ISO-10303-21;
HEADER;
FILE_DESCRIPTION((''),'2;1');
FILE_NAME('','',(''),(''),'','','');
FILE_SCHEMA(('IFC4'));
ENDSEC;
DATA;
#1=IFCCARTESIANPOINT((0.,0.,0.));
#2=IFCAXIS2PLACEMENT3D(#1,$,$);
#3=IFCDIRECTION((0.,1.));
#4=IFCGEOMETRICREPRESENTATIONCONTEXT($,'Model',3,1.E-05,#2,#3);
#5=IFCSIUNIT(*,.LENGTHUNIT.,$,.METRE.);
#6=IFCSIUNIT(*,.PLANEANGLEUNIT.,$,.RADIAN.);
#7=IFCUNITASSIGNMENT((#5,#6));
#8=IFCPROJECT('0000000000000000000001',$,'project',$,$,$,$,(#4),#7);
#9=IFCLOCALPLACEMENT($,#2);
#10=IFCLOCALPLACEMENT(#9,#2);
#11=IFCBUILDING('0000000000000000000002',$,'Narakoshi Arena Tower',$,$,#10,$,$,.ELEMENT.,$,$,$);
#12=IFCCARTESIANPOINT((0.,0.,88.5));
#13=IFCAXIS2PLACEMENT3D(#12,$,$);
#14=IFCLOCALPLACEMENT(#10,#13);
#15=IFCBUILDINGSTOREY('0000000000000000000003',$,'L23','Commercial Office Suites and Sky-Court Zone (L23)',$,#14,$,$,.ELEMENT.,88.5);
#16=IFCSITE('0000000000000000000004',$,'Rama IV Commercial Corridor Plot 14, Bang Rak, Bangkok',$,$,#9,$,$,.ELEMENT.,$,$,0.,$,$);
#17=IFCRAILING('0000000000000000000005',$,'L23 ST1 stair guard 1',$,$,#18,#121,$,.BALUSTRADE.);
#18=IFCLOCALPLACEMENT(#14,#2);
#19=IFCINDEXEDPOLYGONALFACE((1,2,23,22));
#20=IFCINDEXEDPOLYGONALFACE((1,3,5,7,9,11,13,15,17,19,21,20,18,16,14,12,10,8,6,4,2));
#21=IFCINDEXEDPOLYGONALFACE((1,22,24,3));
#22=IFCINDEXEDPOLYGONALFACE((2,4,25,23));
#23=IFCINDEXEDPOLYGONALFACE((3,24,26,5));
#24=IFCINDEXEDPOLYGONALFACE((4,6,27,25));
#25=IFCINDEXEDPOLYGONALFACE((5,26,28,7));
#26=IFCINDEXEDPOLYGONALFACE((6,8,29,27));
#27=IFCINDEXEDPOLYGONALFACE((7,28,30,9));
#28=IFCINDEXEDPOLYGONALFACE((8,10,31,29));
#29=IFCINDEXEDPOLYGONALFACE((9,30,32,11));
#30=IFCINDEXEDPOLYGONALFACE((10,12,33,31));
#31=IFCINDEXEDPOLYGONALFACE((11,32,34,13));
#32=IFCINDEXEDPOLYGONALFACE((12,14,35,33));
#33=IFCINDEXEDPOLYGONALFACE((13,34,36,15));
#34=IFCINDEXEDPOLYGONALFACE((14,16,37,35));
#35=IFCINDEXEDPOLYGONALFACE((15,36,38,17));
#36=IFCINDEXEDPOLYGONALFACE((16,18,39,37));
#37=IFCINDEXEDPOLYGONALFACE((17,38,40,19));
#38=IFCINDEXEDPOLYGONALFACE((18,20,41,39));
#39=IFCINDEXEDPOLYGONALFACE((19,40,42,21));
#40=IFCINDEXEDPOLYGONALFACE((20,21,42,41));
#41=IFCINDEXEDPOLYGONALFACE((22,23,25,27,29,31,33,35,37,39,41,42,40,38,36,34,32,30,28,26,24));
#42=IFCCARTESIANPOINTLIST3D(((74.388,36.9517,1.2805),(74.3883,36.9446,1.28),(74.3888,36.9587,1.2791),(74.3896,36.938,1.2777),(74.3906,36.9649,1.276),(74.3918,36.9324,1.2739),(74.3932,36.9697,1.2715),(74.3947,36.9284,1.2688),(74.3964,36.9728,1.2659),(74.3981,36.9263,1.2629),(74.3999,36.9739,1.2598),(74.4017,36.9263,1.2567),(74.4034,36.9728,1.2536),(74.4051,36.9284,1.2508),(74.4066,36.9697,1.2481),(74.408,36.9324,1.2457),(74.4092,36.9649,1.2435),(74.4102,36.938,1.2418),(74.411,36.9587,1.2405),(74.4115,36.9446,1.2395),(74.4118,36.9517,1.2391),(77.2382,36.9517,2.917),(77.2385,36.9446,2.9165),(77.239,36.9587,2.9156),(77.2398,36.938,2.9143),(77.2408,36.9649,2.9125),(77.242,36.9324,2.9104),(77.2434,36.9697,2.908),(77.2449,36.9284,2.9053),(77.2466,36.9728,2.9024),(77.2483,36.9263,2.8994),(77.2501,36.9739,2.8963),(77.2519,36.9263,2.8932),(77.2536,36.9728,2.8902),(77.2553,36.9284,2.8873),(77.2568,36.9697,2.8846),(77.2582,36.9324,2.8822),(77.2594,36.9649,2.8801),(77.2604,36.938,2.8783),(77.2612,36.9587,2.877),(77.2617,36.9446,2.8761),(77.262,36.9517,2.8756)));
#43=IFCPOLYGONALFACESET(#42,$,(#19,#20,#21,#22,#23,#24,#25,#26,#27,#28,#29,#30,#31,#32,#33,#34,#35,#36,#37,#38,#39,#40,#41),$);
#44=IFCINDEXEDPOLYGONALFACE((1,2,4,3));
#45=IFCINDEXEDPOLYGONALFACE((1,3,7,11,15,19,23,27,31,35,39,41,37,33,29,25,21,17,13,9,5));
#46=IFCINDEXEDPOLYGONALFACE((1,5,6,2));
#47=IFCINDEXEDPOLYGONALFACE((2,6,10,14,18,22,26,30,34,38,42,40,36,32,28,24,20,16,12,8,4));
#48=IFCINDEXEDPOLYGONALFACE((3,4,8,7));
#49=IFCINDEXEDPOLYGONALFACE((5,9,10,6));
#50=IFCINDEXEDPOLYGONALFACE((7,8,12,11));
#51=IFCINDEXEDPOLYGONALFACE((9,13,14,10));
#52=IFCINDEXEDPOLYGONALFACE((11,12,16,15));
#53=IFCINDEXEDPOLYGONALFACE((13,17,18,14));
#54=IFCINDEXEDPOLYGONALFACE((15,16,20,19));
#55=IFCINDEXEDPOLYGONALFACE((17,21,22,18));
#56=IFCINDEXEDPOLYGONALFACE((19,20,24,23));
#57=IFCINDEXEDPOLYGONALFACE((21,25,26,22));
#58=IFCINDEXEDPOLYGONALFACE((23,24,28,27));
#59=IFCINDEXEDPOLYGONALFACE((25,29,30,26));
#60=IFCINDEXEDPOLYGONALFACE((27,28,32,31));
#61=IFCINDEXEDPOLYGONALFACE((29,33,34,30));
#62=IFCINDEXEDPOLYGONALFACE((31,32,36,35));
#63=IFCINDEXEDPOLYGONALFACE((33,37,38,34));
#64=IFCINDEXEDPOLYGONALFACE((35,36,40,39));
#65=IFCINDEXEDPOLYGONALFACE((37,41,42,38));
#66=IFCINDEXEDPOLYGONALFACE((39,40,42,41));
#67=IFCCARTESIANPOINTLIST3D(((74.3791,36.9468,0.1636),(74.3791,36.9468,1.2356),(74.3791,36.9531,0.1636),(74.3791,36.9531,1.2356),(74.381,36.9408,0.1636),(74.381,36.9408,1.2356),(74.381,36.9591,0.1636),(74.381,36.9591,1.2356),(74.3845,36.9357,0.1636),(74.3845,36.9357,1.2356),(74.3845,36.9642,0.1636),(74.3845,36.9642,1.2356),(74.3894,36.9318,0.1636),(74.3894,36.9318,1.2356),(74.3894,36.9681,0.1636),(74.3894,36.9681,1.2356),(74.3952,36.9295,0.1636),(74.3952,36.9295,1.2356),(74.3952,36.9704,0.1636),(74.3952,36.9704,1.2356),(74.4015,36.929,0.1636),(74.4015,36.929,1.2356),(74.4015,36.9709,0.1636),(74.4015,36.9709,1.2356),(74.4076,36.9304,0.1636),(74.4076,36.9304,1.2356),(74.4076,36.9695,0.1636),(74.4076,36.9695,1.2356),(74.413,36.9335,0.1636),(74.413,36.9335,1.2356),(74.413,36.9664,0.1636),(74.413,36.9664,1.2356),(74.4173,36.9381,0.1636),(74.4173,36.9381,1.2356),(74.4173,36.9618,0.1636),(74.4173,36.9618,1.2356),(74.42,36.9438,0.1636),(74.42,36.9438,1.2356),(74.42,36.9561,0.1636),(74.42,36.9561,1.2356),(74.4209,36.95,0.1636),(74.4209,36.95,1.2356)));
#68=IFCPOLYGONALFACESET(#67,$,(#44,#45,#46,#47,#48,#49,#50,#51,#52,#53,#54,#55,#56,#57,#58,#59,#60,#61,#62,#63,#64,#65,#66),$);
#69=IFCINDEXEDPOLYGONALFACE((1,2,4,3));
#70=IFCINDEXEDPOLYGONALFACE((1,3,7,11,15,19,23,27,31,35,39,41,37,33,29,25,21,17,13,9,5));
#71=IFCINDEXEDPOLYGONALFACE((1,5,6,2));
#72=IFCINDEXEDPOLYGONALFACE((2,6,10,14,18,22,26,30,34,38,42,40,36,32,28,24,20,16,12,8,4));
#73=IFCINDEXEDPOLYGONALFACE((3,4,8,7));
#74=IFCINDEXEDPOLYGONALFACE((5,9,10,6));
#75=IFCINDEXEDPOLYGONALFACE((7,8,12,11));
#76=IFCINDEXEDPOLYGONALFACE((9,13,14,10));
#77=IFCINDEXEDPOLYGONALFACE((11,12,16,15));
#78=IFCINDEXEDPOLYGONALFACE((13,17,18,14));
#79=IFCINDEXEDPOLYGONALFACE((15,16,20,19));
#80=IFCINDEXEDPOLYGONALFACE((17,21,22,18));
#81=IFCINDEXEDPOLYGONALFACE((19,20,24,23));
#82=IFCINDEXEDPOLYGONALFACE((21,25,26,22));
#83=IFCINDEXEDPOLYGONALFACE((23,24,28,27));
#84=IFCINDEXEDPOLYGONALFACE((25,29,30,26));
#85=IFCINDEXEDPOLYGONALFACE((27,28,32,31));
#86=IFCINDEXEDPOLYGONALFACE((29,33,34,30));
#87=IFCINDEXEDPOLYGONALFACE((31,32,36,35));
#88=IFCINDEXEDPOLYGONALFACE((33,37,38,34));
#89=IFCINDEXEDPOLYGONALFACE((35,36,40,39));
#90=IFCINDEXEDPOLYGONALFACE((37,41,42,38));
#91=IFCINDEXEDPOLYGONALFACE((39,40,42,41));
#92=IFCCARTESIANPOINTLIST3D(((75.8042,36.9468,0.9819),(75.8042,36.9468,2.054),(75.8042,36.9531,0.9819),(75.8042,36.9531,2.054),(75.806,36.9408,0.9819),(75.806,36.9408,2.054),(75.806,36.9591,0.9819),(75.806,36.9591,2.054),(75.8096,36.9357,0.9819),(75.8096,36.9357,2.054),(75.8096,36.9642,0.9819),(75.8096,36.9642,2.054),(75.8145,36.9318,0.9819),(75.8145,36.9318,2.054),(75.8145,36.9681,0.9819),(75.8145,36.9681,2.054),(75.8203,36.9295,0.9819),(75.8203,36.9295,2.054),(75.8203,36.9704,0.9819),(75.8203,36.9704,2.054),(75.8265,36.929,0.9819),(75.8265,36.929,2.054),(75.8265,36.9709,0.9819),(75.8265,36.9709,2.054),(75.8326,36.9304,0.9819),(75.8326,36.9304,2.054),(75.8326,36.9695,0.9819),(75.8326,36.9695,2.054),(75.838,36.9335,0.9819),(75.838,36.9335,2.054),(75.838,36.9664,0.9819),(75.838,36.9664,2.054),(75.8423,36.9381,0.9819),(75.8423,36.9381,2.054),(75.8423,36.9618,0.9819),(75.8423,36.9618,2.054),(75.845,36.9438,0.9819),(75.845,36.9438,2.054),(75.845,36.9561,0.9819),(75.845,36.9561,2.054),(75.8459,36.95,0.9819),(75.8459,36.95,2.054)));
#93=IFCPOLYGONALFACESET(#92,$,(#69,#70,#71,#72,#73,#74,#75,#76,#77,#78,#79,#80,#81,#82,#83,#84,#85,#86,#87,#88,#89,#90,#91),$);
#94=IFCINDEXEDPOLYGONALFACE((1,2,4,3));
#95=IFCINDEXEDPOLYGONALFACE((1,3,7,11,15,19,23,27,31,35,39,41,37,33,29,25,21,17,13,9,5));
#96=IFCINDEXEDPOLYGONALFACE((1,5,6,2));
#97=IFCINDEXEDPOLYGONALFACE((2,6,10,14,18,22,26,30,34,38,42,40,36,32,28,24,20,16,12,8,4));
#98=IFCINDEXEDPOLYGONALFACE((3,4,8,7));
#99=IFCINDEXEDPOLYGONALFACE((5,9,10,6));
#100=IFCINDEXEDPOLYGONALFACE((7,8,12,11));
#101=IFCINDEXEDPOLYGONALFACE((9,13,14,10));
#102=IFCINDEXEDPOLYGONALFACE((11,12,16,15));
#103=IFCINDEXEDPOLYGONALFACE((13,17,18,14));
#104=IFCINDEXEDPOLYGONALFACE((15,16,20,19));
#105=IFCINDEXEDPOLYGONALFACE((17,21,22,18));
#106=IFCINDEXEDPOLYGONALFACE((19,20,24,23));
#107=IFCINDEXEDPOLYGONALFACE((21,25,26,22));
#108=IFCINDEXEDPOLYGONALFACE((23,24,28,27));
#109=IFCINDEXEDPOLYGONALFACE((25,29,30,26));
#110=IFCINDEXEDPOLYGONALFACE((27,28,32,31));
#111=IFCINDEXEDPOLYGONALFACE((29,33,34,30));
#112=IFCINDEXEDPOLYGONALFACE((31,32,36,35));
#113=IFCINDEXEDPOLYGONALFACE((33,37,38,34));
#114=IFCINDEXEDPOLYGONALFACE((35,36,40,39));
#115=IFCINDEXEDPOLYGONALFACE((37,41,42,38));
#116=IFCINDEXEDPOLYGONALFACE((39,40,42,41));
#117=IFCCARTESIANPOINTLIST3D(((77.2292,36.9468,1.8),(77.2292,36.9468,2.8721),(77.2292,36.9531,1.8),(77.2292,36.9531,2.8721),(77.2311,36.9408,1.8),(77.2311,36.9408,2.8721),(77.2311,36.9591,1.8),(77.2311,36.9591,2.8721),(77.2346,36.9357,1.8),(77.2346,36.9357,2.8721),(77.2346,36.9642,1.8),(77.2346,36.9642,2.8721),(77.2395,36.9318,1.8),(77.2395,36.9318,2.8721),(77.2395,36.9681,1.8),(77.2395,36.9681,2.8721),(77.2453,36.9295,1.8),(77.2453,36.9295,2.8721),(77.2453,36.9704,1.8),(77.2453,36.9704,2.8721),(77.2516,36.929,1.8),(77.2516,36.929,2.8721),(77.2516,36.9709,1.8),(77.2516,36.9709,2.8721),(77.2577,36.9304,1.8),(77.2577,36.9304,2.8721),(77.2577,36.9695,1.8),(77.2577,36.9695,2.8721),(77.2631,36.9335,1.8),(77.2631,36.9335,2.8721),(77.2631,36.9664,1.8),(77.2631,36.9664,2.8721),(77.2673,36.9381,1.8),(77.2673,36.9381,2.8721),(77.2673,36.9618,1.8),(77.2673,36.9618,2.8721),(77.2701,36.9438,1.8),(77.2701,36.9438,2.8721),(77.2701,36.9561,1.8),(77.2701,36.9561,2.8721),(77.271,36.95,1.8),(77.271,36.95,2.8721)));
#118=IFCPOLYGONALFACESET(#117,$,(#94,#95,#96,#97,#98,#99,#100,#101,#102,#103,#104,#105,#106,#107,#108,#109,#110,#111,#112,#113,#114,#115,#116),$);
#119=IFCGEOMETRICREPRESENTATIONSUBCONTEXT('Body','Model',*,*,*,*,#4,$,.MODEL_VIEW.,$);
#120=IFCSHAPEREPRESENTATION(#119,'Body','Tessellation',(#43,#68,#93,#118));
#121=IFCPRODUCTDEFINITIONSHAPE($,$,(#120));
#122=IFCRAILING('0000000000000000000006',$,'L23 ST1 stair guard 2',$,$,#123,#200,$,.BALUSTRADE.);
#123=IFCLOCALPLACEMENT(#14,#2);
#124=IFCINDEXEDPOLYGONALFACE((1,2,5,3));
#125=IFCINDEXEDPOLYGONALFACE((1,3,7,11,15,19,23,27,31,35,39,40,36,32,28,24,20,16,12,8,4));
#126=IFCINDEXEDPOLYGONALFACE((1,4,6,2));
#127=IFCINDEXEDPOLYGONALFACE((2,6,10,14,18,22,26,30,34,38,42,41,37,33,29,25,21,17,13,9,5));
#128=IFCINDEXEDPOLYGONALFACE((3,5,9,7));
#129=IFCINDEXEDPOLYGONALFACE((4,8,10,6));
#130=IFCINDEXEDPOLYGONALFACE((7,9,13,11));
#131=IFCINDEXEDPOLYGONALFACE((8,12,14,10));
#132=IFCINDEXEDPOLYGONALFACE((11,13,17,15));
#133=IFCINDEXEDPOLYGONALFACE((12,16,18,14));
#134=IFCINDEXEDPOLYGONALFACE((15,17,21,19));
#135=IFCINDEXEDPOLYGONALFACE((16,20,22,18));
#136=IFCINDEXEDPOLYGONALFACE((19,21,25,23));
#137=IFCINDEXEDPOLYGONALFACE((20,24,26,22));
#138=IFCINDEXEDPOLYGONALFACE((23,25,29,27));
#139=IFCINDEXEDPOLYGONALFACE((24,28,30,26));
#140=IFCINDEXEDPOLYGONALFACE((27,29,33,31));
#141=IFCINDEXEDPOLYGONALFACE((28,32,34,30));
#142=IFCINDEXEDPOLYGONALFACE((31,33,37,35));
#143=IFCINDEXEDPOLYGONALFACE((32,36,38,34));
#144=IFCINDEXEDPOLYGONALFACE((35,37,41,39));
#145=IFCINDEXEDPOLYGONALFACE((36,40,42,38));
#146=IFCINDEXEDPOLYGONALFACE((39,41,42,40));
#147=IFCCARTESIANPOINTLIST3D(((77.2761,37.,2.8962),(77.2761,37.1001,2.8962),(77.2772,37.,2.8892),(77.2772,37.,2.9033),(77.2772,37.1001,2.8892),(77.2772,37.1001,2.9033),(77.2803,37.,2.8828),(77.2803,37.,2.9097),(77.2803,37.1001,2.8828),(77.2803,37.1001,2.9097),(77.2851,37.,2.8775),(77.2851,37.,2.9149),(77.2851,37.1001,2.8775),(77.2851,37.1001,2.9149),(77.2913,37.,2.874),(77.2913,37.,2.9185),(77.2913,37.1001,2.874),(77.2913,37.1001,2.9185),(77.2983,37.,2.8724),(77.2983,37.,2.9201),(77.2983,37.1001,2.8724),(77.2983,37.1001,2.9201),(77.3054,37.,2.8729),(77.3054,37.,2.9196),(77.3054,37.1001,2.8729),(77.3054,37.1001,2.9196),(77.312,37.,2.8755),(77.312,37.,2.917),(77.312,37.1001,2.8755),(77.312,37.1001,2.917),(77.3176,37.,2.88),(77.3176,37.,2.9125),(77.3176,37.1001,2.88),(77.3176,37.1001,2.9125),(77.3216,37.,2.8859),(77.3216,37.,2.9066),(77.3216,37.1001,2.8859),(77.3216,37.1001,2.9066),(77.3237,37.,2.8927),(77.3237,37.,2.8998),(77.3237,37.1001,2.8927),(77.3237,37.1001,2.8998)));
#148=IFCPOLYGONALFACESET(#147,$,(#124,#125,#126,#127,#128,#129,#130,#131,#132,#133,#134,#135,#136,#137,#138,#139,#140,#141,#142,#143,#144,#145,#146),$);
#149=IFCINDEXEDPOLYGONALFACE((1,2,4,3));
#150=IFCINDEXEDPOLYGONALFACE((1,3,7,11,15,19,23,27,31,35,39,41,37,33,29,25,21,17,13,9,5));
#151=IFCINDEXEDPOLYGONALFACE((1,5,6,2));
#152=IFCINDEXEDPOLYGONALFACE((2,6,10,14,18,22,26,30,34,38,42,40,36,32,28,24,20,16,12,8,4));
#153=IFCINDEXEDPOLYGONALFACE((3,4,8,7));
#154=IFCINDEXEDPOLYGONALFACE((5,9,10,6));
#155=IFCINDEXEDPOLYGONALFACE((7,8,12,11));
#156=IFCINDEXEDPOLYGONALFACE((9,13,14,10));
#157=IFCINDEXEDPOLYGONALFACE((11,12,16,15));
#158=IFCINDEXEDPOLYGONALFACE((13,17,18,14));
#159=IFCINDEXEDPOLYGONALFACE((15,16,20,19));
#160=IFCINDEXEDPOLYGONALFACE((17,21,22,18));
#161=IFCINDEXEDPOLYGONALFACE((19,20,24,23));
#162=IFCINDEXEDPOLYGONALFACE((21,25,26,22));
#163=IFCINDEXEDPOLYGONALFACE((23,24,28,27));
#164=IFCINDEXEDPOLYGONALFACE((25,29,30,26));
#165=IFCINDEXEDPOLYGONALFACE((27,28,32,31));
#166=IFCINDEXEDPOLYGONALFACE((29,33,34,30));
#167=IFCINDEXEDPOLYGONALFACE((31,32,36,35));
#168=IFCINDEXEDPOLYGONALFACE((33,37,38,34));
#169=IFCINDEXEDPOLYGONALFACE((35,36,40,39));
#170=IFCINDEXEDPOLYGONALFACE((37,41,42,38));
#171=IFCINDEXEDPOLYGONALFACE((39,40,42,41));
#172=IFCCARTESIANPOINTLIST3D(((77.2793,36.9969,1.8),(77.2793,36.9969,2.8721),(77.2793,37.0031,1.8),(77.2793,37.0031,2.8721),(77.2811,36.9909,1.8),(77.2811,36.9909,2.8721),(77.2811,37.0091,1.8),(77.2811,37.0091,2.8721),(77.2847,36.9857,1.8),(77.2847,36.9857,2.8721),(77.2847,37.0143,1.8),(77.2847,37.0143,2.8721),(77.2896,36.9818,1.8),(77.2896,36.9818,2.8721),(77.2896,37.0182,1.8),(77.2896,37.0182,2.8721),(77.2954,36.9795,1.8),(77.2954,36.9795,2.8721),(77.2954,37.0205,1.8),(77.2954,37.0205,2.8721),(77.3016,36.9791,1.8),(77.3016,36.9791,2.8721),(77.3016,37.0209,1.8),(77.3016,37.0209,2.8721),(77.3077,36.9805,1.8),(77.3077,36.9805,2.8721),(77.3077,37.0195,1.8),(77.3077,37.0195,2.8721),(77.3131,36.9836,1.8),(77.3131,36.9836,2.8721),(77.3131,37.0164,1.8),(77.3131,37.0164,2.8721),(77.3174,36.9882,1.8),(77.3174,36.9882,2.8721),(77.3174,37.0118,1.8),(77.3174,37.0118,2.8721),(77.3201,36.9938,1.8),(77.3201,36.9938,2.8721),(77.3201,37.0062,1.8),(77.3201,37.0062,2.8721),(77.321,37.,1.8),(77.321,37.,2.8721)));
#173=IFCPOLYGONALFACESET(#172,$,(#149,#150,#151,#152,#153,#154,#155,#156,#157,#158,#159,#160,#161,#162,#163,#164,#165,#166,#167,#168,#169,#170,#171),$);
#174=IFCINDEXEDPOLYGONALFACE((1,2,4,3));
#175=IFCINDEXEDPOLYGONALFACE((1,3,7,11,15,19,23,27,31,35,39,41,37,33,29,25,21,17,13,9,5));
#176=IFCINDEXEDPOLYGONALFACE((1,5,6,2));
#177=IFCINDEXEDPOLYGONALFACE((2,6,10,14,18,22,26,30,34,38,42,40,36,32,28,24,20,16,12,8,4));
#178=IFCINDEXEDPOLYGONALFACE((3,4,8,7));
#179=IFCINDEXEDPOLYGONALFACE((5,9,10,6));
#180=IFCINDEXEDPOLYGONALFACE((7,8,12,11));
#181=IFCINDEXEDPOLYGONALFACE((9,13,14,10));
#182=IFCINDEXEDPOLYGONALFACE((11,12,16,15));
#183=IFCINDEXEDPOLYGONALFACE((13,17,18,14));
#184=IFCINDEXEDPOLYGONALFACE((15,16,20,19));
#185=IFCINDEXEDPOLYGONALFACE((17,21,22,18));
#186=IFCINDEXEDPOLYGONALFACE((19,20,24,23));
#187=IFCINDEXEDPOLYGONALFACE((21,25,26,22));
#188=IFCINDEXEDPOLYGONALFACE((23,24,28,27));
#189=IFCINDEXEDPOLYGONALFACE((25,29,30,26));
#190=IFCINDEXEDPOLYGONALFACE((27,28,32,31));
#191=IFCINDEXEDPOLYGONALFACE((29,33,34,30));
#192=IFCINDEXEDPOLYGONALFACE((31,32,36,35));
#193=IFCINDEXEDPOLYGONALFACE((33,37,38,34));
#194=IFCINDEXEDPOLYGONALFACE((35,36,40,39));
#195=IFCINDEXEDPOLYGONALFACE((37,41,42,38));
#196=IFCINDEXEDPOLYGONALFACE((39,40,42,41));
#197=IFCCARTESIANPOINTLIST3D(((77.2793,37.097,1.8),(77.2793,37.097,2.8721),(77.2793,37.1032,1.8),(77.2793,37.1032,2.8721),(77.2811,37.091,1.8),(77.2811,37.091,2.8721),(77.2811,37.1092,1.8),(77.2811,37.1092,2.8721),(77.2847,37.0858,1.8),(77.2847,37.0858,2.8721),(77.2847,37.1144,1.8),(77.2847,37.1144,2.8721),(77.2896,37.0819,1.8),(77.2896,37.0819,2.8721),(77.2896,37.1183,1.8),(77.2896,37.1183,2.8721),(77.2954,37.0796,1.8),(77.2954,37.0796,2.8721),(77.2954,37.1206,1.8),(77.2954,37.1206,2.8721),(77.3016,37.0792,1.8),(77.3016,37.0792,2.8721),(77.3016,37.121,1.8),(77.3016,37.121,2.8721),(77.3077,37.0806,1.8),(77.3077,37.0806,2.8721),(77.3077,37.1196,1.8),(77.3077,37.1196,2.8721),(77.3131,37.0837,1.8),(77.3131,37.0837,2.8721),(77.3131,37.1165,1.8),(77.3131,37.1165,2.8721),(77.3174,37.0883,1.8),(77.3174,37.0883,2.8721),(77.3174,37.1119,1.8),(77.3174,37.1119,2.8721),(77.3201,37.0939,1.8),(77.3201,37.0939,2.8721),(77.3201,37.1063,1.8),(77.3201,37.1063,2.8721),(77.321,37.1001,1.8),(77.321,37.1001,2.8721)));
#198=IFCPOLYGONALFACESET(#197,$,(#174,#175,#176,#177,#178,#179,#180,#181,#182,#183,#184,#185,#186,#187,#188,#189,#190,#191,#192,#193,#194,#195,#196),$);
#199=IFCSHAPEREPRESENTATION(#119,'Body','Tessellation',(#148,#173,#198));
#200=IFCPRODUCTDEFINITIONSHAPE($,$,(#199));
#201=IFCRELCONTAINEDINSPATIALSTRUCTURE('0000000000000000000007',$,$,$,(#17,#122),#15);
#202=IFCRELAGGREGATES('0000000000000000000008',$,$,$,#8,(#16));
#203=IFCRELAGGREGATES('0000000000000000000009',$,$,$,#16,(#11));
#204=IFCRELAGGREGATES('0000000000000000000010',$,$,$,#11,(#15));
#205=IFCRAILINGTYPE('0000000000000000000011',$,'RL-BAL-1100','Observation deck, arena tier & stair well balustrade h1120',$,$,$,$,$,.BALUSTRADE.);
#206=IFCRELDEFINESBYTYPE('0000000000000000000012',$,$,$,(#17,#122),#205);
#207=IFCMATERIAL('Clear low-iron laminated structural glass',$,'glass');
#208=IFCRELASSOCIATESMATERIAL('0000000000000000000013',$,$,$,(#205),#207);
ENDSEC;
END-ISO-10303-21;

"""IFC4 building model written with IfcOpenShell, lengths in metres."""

from ifc_helpers import new_model, si_unit, direction, frame, origin, origin_2d, place, context, subcontext, project, spatial, circle, extrude, material, type_object, element, save


model = new_model("IFC4")

# Units and contexts
model_context = context("Model", 3, precision=1e-05, world=origin(), true_north=direction((0.0, 1.0)))
body_context = subcontext(model_context, "Body", "Model", "MODEL_VIEW")
ifc_project = project(units=[si_unit("LENGTHUNIT", "METRE"), si_unit("PLANEANGLEUNIT", "RADIAN")], contexts=[model_context])

# Site, building, storey
site_placement = place(None, origin())
site = spatial("IfcSite", under=ifc_project, at=site_placement, Name="Rama IV Commercial Corridor Plot 14, Bang Rak, Bangkok", CompositionType="ELEMENT", RefElevation=0.0)
building_placement = place(site_placement, origin())
building = spatial("IfcBuilding", under=site, at=building_placement, Name="Narakoshi Arena Tower", CompositionType="ELEMENT")
storey_placement = place(building_placement, frame((0.0, 0.0, 88.5)))
storey = spatial("IfcBuildingStorey", under=building, at=storey_placement, Name="L23", Description="Commercial Office Suites and Sky-Court Zone (L23)", CompositionType="ELEMENT", Elevation=88.5)

# Railings
ifc_material_1 = material(Name="Clear low-iron laminated structural glass", Category="glass")
railing_type_1 = type_object("IfcRailingType", Name="RL-BAL-1100", Description="Observation deck, arena tier & stair well balustrade h1120", PredefinedType="BALUSTRADE", material=ifc_material_1)
railing_1_placement = place(storey_placement, frame((74.3999, 36.95, 0.1636)))
element("IfcRailing", 1, at=railing_1_placement, inside=storey, type_object=railing_type_1, Name="L23 ST1 stair guard 1", PredefinedType="BALUSTRADE", context=body_context, shape_type="SweptSolid", body=[
    extrude(circle(Radius=0.0239, at=origin_2d()), frame((0.0, 0.0, 1.0962), z_axis=(0.867213, 0.0, 0.497938), x_axis=(0.0, 1.0, 0.0)), (0.0, 0.0, 1.0), 3.2866),
    extrude(circle(Radius=0.021, at=origin_2d()), origin(), (0.0, 0.0, 1.0), 1.072),
    extrude(circle(Radius=0.021, at=origin_2d()), frame((1.425, 0.0, 0.8184)), (0.0, 0.0, 1.0), 1.072),
    extrude(circle(Radius=0.021, at=origin_2d()), frame((2.8501, 0.0, 1.6365)), (0.0, 0.0, 1.0), 1.072),
])
railing_2_placement = place(storey_placement, frame((77.3, 37.0, 1.8)))
element("IfcRailing", 2, at=railing_2_placement, inside=storey, type_object=railing_type_1, Name="L23 ST1 stair guard 2", PredefinedType="BALUSTRADE", context=body_context, shape_type="SweptSolid", body=[
    extrude(circle(Radius=0.0239, at=origin_2d()), frame((0.0, 0.0, 1.0962), z_axis=(0.0, 1.0, 0.0), x_axis=(-1.0, 0.0, 0.0)), (0.0, 0.0, 1.0), 0.1001),
    extrude(circle(Radius=0.021, at=origin_2d()), origin(), (0.0, 0.0, 1.0), 1.072),
    extrude(circle(Radius=0.021, at=origin_2d()), frame((0.0, 0.1001, 0.0)), (0.0, 0.0, 1.0), 1.072),
])

save(model, "model.ifc")
